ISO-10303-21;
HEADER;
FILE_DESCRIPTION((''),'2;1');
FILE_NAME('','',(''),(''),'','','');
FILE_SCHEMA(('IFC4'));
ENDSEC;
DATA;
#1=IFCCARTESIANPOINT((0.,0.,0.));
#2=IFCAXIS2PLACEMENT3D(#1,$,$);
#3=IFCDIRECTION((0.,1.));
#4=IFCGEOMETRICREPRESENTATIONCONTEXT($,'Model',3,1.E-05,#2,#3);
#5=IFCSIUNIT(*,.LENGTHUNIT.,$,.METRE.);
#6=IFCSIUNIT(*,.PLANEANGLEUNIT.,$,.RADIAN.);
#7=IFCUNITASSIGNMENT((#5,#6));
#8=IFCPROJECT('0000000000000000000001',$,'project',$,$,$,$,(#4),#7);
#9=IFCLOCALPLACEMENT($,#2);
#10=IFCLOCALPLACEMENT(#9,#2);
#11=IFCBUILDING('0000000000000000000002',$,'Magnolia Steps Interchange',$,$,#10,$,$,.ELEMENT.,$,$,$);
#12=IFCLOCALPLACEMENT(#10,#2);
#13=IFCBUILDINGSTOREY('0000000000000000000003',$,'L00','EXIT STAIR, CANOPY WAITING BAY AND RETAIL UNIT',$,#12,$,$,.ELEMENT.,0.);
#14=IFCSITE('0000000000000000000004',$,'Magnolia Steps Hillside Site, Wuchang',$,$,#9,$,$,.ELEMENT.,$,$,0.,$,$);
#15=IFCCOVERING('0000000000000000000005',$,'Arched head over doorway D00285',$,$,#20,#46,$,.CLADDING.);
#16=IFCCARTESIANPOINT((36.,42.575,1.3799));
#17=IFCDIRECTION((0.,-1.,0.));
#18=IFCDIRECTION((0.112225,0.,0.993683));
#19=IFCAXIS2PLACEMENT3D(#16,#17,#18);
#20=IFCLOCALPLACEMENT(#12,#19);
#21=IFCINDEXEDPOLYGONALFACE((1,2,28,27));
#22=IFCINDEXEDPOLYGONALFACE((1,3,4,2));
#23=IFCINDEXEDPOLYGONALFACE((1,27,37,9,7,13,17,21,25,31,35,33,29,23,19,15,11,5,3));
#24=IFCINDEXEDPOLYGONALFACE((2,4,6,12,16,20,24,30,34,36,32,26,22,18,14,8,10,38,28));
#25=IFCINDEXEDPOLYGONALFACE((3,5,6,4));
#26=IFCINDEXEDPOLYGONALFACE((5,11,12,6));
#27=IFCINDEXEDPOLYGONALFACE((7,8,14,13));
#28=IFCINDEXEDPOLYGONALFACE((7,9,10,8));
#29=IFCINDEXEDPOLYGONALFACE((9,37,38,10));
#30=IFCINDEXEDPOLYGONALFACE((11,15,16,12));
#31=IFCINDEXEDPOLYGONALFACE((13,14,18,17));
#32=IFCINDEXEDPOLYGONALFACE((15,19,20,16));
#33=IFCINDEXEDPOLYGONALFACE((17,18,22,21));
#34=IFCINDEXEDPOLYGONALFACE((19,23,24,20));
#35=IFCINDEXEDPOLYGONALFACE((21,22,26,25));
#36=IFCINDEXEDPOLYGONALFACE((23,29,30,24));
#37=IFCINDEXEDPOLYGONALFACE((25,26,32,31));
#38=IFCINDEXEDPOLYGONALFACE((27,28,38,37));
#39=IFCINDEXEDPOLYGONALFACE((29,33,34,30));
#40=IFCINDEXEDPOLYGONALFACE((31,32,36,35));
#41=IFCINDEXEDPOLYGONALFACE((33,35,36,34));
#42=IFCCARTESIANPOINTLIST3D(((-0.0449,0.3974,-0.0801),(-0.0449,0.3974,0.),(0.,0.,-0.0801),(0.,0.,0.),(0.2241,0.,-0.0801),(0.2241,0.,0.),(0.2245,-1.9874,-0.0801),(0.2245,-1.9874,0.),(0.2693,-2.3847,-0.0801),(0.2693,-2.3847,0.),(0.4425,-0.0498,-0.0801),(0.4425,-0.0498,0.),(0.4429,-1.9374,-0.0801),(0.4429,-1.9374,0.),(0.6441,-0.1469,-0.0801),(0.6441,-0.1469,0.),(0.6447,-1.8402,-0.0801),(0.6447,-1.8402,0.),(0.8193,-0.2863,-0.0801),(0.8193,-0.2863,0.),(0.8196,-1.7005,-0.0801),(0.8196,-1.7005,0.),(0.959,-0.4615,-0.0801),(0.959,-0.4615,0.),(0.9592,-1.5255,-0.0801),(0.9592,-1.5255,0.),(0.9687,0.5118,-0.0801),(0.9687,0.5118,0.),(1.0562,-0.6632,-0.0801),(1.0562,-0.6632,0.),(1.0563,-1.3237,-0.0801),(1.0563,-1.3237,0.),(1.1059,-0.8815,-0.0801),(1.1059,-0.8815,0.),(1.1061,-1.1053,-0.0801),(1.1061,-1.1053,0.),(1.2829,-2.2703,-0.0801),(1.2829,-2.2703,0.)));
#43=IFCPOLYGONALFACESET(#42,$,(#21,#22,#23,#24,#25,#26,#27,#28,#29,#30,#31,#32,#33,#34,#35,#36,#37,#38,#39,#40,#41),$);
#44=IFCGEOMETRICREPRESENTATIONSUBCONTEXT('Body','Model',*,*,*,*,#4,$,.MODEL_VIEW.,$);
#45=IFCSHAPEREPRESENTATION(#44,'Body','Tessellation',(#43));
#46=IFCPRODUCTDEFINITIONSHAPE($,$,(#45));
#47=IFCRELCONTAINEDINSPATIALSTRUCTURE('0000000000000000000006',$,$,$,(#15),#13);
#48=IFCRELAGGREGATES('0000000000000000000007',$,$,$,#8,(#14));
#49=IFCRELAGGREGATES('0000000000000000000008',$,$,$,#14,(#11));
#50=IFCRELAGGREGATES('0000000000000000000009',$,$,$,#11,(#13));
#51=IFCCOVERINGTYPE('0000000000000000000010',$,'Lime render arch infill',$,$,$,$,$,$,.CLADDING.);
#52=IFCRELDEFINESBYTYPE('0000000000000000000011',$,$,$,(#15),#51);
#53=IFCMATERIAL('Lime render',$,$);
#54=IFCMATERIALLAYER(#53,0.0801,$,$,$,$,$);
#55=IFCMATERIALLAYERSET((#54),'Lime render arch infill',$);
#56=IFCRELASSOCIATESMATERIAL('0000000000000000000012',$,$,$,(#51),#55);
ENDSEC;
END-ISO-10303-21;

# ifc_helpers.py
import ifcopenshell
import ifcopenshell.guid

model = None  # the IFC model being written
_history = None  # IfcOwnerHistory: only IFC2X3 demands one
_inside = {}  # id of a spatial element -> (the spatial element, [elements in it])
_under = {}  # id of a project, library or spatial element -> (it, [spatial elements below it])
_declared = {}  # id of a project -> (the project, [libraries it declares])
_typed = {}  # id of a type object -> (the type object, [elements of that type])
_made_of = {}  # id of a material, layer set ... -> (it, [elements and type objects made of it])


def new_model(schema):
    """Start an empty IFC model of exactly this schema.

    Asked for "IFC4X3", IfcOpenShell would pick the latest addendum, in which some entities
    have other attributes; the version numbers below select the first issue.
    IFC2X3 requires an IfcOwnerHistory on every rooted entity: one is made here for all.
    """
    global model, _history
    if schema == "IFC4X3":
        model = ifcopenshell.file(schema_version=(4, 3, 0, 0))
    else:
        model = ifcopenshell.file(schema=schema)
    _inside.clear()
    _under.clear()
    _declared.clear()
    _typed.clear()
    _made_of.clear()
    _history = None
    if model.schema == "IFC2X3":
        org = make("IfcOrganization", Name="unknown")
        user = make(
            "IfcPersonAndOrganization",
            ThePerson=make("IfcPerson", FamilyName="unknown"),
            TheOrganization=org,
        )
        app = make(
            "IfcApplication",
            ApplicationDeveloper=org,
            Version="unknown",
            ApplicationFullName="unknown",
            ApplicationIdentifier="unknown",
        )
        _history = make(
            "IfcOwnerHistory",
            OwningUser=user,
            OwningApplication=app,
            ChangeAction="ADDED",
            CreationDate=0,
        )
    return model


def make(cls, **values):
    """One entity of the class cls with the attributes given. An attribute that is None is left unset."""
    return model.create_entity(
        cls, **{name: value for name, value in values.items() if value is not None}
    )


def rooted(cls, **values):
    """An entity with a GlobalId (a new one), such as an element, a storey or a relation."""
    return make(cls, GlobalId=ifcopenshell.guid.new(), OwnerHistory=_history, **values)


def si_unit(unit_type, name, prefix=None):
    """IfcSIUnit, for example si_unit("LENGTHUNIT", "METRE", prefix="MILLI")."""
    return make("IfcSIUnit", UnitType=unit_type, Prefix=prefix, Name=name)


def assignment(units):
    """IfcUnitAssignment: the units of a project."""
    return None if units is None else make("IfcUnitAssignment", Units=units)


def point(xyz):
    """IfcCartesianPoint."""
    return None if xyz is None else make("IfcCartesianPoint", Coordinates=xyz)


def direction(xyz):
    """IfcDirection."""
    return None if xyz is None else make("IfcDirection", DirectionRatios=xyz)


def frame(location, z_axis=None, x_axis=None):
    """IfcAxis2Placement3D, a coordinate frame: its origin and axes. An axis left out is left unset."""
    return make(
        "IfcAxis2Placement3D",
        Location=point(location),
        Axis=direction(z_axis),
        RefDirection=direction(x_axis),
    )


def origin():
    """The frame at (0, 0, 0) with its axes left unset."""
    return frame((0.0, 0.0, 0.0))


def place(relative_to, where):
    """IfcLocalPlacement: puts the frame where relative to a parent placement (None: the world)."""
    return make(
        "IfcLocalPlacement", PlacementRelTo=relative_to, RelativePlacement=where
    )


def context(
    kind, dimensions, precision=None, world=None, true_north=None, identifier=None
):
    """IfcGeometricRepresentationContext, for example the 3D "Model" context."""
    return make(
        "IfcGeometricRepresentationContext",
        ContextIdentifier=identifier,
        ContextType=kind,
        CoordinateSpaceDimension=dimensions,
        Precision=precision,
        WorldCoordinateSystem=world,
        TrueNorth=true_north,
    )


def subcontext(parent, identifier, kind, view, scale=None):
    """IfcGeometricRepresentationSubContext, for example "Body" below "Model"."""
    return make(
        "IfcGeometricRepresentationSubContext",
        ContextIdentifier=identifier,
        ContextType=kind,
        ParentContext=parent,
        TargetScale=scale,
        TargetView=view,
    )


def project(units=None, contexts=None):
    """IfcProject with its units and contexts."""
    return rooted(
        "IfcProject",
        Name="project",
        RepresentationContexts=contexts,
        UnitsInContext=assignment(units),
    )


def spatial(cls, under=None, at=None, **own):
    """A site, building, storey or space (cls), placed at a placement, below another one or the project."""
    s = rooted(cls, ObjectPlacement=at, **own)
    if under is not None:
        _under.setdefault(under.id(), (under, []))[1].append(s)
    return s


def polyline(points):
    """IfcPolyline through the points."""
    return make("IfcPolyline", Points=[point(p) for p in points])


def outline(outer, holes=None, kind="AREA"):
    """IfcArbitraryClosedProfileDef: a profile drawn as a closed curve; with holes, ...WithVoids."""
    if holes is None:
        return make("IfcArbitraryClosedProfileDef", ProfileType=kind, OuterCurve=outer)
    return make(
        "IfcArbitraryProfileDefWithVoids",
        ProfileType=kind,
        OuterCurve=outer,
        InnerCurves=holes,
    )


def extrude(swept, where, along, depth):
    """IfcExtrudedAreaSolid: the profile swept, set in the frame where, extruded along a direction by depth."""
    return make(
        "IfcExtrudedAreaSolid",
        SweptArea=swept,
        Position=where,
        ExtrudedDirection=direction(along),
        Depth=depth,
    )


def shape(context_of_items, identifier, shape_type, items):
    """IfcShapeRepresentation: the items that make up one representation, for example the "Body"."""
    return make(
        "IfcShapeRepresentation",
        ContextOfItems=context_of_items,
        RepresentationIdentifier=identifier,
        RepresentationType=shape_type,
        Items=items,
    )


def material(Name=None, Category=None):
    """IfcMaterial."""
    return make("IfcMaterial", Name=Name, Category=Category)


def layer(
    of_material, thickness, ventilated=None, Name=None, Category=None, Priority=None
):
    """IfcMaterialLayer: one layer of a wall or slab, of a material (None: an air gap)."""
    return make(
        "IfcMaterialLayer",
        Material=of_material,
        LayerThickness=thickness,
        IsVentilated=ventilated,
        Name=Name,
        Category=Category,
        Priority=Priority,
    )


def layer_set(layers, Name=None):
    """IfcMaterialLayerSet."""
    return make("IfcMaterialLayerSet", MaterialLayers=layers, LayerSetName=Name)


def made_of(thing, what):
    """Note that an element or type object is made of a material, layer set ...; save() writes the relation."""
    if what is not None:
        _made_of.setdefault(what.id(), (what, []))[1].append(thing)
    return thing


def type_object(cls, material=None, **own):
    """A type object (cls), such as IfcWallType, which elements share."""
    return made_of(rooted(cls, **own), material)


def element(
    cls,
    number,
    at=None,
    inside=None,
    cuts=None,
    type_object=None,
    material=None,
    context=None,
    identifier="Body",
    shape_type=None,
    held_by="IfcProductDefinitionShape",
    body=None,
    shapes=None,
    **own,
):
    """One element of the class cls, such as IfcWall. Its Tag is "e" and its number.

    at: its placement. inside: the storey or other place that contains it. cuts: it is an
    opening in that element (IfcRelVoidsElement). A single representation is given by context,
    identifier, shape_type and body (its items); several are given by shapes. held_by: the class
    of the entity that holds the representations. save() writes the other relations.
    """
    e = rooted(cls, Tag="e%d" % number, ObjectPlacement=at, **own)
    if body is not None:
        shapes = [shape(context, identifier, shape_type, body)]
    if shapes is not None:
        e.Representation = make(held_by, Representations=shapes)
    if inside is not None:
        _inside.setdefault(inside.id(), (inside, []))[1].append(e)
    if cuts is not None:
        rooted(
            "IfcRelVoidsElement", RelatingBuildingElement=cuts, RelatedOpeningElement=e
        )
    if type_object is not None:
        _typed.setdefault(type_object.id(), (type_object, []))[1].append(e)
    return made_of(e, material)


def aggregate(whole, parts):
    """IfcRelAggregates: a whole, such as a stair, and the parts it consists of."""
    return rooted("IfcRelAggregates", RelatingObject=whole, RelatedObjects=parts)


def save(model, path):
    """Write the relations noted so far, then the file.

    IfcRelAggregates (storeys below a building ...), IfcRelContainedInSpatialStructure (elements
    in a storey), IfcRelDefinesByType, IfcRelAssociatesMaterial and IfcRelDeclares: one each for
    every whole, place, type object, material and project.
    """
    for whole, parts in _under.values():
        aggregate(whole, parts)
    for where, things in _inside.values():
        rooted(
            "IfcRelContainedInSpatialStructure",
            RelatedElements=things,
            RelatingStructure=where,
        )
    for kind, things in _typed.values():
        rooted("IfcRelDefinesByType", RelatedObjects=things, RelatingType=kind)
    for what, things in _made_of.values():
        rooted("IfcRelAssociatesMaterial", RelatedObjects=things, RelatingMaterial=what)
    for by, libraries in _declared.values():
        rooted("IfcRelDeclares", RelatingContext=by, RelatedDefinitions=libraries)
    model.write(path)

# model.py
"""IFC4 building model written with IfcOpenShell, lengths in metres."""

from ifc_helpers import new_model, si_unit, direction, frame, origin, place, context, subcontext, project, spatial, polyline, outline, extrude, material, layer, layer_set, type_object, element, save


model = new_model("IFC4")

# Units and contexts
model_context = context("Model", 3, precision=1e-05, world=origin(), true_north=direction((0.0, 1.0)))
body_context = subcontext(model_context, "Body", "Model", "MODEL_VIEW")
ifc_project = project(units=[si_unit("LENGTHUNIT", "METRE"), si_unit("PLANEANGLEUNIT", "RADIAN")], contexts=[model_context])

# Site, building, storey
site_placement = place(None, origin())
site = spatial("IfcSite", under=ifc_project, at=site_placement, Name="Magnolia Steps Hillside Site, Wuchang", CompositionType="ELEMENT", RefElevation=0.0)
building_placement = place(site_placement, origin())
building = spatial("IfcBuilding", under=site, at=building_placement, Name="Magnolia Steps Interchange", CompositionType="ELEMENT")
storey_placement = place(building_placement, origin())
storey = spatial("IfcBuildingStorey", under=building, at=storey_placement, Name="L00", Description="EXIT STAIR, CANOPY WAITING BAY AND RETAIL UNIT", CompositionType="ELEMENT", Elevation=0.0)

# Covering
ifc_material_1 = material(Name="Lime render")
ifc_layer_1 = layer(ifc_material_1, 0.0801)
ifc_layer_set_1 = layer_set([ifc_layer_1], Name="Lime render arch infill")
covering_type_1 = type_object("IfcCoveringType", Name="Lime render arch infill", PredefinedType="CLADDING", material=ifc_layer_set_1)
covering_1_placement = place(storey_placement, frame((36.0, 42.575, 1.3799), z_axis=(0.0, -1.0, 0.0), x_axis=(0.112225, 0.0, 0.993683)))
element("IfcCovering", 1, at=covering_1_placement, inside=storey, type_object=covering_type_1, Name="Arched head over doorway D00285", PredefinedType="CLADDING", context=body_context, shape_type="SweptSolid", body=[
    extrude(outline(polyline([(0.0, 0.0), (0.2241, 0.0), (0.4425, -0.0498), (0.6441, -0.1469), (0.8193, -0.2863), (0.959, -0.4615), (1.0562, -0.6632), (1.1059, -0.8815), (1.1061, -1.1053), (1.0563, -1.3237), (0.9592, -1.5255), (0.8196, -1.7005), (0.6447, -1.8402), (0.4429, -1.9374), (0.2245, -1.9874), (0.2693, -2.3847), (1.2829, -2.2703), (0.9687, 0.5118), (-0.0449, 0.3974), (0.0, 0.0)])), origin(), (0.0, 0.0, -1.0), 0.0801),
])

save(model, "model.ifc")
